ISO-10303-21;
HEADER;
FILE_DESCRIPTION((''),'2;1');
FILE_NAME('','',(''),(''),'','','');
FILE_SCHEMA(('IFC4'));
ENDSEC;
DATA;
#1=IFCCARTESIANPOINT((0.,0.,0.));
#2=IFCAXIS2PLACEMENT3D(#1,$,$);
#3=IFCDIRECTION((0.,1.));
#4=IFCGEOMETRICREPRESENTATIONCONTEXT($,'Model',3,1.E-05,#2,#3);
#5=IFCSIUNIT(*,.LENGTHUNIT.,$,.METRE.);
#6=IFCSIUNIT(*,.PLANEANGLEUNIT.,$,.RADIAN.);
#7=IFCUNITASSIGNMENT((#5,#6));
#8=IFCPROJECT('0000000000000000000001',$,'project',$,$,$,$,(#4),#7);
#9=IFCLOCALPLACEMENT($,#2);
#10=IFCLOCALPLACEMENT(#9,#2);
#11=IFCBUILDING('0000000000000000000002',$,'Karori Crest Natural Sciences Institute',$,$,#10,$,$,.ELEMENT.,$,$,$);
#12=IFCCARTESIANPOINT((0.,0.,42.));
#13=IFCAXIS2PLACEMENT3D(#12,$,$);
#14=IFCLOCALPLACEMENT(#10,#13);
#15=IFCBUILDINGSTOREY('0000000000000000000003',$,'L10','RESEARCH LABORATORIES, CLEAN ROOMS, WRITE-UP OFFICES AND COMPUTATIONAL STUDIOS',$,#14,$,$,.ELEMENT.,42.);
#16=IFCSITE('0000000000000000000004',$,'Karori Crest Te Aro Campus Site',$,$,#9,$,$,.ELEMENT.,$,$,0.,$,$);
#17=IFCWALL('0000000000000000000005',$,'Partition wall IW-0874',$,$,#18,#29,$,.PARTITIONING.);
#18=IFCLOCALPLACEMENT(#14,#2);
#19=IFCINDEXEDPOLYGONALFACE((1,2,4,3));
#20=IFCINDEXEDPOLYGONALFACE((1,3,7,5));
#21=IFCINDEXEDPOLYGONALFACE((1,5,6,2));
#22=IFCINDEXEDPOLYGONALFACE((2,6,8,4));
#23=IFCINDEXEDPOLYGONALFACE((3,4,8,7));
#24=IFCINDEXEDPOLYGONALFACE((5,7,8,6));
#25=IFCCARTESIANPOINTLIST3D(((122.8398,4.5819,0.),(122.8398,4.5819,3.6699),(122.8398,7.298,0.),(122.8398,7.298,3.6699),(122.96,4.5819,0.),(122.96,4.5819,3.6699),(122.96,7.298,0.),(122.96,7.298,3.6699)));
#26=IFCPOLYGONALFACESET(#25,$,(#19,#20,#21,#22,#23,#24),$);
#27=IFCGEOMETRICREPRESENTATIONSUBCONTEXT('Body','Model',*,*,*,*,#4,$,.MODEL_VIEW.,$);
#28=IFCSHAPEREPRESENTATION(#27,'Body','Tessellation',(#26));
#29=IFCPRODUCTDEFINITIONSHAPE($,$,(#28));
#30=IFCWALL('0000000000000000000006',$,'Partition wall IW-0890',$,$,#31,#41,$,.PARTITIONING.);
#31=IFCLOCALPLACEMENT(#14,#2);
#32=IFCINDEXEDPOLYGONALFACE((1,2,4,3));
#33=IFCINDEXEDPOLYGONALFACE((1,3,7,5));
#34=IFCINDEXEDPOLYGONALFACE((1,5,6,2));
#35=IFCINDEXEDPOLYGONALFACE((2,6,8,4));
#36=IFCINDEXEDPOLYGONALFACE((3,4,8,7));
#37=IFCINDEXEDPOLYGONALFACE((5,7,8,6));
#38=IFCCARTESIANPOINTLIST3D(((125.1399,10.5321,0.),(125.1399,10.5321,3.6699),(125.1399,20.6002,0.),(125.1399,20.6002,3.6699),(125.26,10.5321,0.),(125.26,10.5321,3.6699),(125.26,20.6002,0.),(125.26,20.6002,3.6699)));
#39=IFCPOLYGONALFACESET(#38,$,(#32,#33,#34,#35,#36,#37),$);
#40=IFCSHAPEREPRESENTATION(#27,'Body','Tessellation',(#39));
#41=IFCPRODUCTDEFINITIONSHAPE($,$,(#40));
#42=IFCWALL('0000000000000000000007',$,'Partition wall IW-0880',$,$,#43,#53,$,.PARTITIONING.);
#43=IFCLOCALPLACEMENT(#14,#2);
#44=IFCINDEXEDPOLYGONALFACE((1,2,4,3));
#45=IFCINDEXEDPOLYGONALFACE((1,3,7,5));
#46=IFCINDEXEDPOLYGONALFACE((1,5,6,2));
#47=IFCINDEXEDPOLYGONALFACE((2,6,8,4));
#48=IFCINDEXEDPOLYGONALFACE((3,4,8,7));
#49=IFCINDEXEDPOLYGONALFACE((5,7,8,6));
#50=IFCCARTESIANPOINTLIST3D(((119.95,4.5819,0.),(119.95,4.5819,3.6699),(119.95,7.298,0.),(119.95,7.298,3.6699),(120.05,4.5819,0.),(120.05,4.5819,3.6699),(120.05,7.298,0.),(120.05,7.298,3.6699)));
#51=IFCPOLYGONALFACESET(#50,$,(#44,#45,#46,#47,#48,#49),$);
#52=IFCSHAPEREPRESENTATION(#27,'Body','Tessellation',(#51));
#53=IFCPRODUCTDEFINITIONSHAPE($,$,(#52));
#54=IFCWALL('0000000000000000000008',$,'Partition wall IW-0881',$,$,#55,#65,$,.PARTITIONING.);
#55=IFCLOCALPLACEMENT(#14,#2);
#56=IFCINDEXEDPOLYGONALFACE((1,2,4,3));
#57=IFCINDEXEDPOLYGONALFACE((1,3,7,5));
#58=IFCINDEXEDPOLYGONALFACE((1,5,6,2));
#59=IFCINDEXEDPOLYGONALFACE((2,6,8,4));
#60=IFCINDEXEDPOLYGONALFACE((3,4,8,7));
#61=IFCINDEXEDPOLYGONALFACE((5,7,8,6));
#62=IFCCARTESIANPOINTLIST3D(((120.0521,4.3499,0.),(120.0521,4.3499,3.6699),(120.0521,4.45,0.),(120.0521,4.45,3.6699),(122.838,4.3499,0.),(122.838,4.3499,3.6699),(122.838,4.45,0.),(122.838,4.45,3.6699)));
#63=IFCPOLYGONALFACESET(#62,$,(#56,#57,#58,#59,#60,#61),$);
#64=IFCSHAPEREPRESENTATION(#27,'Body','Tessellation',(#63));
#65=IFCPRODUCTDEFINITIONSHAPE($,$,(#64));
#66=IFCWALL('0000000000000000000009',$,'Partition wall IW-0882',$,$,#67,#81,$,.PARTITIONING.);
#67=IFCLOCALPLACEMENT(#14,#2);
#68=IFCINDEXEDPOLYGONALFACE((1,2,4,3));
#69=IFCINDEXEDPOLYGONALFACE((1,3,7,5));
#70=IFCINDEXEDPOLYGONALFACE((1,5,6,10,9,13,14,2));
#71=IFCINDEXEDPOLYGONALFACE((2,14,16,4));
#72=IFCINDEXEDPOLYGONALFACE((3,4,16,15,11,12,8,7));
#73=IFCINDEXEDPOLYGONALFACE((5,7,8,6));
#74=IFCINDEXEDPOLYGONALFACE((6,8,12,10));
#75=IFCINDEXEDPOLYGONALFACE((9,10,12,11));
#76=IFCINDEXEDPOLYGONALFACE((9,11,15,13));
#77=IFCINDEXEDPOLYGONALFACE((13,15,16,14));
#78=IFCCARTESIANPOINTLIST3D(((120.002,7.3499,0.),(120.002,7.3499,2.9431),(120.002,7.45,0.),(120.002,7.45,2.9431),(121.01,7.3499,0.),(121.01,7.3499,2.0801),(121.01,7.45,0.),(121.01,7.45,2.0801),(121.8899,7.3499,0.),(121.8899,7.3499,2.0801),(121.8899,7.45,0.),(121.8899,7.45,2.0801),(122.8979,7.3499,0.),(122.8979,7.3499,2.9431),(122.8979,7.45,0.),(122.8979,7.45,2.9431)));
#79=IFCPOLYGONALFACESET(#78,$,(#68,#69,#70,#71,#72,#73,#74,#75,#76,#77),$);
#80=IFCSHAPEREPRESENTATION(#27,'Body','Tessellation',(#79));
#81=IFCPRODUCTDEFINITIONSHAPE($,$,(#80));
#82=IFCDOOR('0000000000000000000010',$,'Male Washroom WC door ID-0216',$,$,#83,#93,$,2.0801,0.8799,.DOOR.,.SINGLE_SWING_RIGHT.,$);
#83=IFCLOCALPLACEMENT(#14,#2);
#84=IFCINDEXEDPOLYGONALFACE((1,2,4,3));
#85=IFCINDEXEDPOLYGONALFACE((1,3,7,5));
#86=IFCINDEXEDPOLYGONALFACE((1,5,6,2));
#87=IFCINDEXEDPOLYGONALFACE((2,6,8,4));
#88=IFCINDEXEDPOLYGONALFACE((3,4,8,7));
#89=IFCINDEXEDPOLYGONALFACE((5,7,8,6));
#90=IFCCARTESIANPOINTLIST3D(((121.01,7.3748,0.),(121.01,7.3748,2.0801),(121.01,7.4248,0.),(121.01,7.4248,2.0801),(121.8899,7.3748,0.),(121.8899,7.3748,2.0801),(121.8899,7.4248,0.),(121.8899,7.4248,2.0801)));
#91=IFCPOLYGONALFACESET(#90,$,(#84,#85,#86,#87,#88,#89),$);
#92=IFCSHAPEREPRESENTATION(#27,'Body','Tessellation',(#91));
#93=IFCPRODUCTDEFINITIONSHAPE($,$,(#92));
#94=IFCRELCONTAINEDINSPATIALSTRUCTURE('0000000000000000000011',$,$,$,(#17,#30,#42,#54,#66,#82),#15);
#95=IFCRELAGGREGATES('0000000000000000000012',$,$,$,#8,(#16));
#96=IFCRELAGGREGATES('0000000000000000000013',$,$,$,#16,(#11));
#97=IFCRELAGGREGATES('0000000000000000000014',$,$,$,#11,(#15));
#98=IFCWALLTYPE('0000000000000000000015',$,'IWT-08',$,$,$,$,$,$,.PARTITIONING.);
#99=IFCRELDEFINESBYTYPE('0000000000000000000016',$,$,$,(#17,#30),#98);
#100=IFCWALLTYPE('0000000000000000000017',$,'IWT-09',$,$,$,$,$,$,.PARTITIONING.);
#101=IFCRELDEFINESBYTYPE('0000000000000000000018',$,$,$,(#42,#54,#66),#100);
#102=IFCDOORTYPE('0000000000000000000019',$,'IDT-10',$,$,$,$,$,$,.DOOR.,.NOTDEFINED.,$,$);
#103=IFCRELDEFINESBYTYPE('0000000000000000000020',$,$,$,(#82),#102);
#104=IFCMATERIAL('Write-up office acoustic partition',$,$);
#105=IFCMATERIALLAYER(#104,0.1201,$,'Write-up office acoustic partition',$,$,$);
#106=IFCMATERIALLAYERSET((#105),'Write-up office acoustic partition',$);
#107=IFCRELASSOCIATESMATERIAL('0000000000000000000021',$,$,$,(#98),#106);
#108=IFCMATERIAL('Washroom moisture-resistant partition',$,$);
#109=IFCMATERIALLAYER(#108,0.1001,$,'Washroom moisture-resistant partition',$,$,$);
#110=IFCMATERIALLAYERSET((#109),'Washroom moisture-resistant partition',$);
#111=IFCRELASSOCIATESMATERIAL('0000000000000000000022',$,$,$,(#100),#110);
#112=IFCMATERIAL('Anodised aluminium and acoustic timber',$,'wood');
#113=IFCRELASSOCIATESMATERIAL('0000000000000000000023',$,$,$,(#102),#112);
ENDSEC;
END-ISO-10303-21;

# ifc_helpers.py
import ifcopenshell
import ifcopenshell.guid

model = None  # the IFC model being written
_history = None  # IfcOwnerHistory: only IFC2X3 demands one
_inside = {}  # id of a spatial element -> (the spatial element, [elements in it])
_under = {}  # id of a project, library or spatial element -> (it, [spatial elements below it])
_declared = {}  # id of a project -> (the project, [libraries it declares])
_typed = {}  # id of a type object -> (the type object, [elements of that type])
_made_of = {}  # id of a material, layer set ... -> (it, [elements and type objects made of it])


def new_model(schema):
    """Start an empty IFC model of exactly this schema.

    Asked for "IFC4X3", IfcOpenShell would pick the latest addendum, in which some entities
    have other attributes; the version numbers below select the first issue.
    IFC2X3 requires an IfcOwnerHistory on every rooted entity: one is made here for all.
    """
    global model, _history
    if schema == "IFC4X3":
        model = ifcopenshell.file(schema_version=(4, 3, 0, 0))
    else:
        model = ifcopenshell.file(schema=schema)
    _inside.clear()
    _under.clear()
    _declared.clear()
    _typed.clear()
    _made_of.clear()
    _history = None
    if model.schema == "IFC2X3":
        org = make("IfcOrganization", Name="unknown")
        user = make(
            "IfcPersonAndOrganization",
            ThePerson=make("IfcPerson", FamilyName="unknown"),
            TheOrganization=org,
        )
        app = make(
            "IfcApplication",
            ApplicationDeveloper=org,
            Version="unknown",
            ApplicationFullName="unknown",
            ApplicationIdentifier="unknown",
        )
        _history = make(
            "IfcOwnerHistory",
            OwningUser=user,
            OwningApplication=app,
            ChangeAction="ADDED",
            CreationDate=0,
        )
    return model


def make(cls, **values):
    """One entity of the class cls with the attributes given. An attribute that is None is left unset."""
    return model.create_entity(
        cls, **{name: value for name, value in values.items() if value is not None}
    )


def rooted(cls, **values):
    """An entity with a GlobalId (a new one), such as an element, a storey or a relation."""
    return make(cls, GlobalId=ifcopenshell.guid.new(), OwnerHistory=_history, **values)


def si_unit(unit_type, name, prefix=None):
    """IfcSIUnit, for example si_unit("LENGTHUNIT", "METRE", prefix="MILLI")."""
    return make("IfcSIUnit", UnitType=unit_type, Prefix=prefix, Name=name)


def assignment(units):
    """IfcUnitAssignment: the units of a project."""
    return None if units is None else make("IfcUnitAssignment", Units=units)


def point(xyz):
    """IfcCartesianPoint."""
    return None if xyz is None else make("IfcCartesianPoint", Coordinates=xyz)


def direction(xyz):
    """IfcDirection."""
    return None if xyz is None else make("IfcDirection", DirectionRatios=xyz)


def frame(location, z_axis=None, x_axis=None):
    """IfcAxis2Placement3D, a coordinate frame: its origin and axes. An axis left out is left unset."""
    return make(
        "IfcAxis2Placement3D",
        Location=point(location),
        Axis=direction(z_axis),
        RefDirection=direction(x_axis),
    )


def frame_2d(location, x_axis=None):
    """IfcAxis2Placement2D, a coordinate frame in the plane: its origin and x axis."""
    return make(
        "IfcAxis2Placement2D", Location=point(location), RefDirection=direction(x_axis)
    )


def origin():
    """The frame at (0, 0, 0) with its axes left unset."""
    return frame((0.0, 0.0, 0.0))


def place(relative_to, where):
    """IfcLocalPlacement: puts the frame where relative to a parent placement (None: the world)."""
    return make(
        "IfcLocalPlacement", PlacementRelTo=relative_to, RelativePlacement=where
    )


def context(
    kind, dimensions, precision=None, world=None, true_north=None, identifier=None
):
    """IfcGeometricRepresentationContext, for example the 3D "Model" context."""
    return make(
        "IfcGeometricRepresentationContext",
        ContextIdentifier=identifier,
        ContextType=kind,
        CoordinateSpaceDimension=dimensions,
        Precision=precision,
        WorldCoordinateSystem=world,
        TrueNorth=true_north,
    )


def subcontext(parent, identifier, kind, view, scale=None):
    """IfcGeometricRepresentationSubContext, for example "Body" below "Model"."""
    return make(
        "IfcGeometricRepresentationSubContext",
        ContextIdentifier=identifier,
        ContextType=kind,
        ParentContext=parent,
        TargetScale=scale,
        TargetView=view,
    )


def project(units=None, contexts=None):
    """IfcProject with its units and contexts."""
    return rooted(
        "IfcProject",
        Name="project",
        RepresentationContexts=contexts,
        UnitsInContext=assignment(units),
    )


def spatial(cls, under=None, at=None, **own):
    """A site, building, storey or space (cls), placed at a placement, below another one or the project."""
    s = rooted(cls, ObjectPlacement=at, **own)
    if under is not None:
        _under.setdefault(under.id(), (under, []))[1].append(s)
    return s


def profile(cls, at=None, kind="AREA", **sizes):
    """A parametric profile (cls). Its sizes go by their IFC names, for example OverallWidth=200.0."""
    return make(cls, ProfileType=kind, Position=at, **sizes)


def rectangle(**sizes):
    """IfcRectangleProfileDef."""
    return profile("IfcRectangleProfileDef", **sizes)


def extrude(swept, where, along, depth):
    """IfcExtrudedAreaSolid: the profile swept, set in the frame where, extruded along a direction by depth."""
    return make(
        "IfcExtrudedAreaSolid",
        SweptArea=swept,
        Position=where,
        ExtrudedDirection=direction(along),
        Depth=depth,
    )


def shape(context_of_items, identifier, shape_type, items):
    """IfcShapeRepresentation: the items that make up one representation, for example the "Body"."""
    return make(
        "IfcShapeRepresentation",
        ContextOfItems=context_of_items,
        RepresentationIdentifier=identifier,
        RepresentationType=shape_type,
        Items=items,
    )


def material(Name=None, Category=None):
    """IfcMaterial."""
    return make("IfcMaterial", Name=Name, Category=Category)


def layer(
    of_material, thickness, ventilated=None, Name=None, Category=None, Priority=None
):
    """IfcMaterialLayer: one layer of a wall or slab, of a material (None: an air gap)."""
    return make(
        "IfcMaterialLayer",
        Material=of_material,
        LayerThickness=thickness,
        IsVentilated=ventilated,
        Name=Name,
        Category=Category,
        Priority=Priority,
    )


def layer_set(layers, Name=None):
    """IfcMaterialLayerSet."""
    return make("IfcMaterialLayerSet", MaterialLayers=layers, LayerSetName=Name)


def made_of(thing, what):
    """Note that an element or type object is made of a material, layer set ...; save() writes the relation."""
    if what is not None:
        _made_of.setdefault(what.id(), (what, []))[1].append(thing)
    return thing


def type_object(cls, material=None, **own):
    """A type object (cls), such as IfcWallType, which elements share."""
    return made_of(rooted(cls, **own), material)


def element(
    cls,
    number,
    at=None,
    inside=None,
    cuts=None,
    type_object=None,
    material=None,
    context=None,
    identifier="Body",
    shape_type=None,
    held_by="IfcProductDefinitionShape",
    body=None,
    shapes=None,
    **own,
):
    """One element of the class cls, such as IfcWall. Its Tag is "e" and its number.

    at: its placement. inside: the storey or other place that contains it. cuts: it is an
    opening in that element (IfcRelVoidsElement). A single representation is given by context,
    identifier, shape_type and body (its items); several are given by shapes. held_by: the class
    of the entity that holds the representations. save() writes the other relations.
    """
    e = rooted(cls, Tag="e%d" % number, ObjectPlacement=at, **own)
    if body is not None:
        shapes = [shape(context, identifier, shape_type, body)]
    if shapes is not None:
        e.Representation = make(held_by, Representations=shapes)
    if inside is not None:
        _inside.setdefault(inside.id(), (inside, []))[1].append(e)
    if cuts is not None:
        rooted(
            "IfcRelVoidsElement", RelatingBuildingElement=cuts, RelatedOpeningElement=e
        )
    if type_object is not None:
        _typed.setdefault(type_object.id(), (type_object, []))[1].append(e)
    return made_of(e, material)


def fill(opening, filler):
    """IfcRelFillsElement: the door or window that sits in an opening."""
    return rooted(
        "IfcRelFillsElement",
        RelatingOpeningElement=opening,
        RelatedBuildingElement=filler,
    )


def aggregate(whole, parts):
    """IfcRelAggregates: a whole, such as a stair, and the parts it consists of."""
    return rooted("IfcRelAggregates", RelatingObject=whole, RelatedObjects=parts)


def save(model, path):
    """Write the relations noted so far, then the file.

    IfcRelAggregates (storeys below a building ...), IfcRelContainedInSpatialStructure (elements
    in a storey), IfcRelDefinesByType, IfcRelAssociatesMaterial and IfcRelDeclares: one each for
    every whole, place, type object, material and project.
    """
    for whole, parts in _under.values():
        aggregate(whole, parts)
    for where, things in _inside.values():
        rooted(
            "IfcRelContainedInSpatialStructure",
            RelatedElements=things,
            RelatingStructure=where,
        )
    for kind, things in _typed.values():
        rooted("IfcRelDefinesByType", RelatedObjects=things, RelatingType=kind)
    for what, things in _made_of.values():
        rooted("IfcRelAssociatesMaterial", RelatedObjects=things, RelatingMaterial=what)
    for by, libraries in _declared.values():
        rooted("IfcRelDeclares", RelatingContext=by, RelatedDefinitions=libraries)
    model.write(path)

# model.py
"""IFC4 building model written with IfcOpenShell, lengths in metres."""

from ifc_helpers import new_model, si_unit, direction, frame, frame_2d, origin, place, context, subcontext, project, spatial, rectangle, extrude, material, layer, layer_set, type_object, element, fill, save


model = new_model("IFC4")

# Units and contexts
model_context = context("Model", 3, precision=1e-05, world=origin(), true_north=direction((0.0, 1.0)))
body_context = subcontext(model_context, "Body", "Model", "MODEL_VIEW")
ifc_project = project(units=[si_unit("LENGTHUNIT", "METRE"), si_unit("PLANEANGLEUNIT", "RADIAN")], contexts=[model_context])

# Site, building, storey
site_placement = place(None, origin())
site = spatial("IfcSite", under=ifc_project, at=site_placement, Name="Karori Crest Te Aro Campus Site", CompositionType="ELEMENT", RefElevation=0.0)
building_placement = place(site_placement, origin())
building = spatial("IfcBuilding", under=site, at=building_placement, Name="Karori Crest Natural Sciences Institute", CompositionType="ELEMENT")
storey_placement = place(building_placement, frame((0.0, 0.0, 42.0)))
storey = spatial("IfcBuildingStorey", under=building, at=storey_placement, Name="L10", Description="RESEARCH LABORATORIES, CLEAN ROOMS, WRITE-UP OFFICES AND COMPUTATIONAL STUDIOS", CompositionType="ELEMENT", Elevation=42.0)

# Shared definitions
ifc_material_1 = material(Name="Write-up office acoustic partition")
ifc_layer_1 = layer(ifc_material_1, 0.1201, Name="Write-up office acoustic partition")
ifc_layer_set_1 = layer_set([ifc_layer_1], Name="Write-up office acoustic partition")
wall_type_1 = type_object("IfcWallType", Name="IWT-08", PredefinedType="PARTITIONING", material=ifc_layer_set_1)

# Shared definitions
ifc_material_2 = material(Name="Anodised aluminium and acoustic timber", Category="wood")

# Walls
wall_1_placement = place(storey_placement, frame((122.8999, 4.582, 0.0), z_axis=(0.0, 0.0, 1.0), x_axis=(0.0, 1.0, 0.0)))
element("IfcWall", 1, at=wall_1_placement, inside=storey, type_object=wall_type_1, Name="Partition wall IW-0874", PredefinedType="PARTITIONING", context=body_context, shape_type="SweptSolid", body=[
    extrude(rectangle(XDim=2.7161, YDim=0.1201, at=frame_2d((1.3579, 0.0))), origin(), (0.0, 0.0, 1.0), 3.6699),
])
wall_2_placement = place(storey_placement, frame((125.2, 10.532, 0.0), z_axis=(0.0, 0.0, 1.0), x_axis=(0.0, 1.0, 0.0)))
element("IfcWall", 2, at=wall_2_placement, inside=storey, type_object=wall_type_1, Name="Partition wall IW-0890", PredefinedType="PARTITIONING", context=body_context, shape_type="SweptSolid", body=[
    extrude(rectangle(XDim=10.0681, YDim=0.1201, at=frame_2d((5.0342, 0.0))), origin(), (0.0, 0.0, 1.0), 3.6699),
])

# Walls
ifc_material_3 = material(Name="Washroom moisture-resistant partition")
ifc_layer_2 = layer(ifc_material_3, 0.1001, Name="Washroom moisture-resistant partition")
ifc_layer_set_2 = layer_set([ifc_layer_2], Name="Washroom moisture-resistant partition")
wall_type_2 = type_object("IfcWallType", Name="IWT-09", PredefinedType="PARTITIONING", material=ifc_layer_set_2)
wall_3_placement = place(storey_placement, frame((120.0, 4.582, 0.0), z_axis=(0.0, 0.0, 1.0), x_axis=(0.0, 1.0, 0.0)))
element("IfcWall", 3, at=wall_3_placement, inside=storey, type_object=wall_type_2, Name="Partition wall IW-0880", PredefinedType="PARTITIONING", context=body_context, shape_type="SweptSolid", body=[
    extrude(rectangle(XDim=2.7161, YDim=0.1001, at=frame_2d((1.3579, 0.0))), origin(), (0.0, 0.0, 1.0), 3.6699),
])
wall_4_placement = place(storey_placement, frame((120.052, 4.3999, 0.0), z_axis=(0.0, 0.0, 1.0), x_axis=(1.0, 0.0, 0.0)))
element("IfcWall", 4, at=wall_4_placement, inside=storey, type_object=wall_type_2, Name="Partition wall IW-0881", PredefinedType="PARTITIONING", context=body_context, shape_type="SweptSolid", body=[
    extrude(rectangle(XDim=2.7859, YDim=0.1001, at=frame_2d((1.3931, 0.0))), origin(), (0.0, 0.0, 1.0), 3.6699),
])

# Wall, opening, door
wall_5_placement = place(storey_placement, frame((120.002, 7.3999, 0.0), z_axis=(0.0, 0.0, 1.0), x_axis=(1.0, 0.0, 0.0)))
wall_5 = element("IfcWall", 5, at=wall_5_placement, inside=storey, type_object=wall_type_2, Name="Partition wall IW-0882", PredefinedType="PARTITIONING", context=body_context, shape_type="SweptSolid", body=[
    extrude(rectangle(XDim=2.896, YDim=0.1001, at=frame_2d((1.448, 0.0))), origin(), (0.0, 0.0, 1.0), 2.9431),
])
opening_1_placement = place(wall_5_placement, frame((1.0081, 0.0, 0.0)))
opening_1 = element("IfcOpeningElement", 6, at=opening_1_placement, cuts=wall_5, PredefinedType="OPENING", context=body_context, shape_type="SweptSolid", body=[
    extrude(rectangle(XDim=0.8799, YDim=2.0801, at=frame_2d((0.4399, 1.04))), frame((0.0, 0.0601, 0.0), z_axis=(0.0, -1.0, 0.0), x_axis=(1.0, 0.0, 0.0)), (0.0, 0.0, 1.0), 0.1201),
])
door_type_1 = type_object("IfcDoorType", Name="IDT-10", OperationType="NOTDEFINED", PredefinedType="DOOR", material=ifc_material_2)
door_1_placement = place(opening_1_placement, origin())
door_1 = element("IfcDoor", 7, at=door_1_placement, inside=storey, type_object=door_type_1, Name="Male Washroom WC door ID-0216", OperationType="SINGLE_SWING_RIGHT", OverallHeight=2.0801, OverallWidth=0.8799, PredefinedType="DOOR", context=body_context, shape_type="SweptSolid", body=[
    extrude(rectangle(XDim=0.8799, YDim=2.0801, at=frame_2d((0.4399, 1.04))), frame((0.0, 0.0249, 0.0), z_axis=(0.0, -1.0, 0.0), x_axis=(1.0, 0.0, 0.0)), (0.0, 0.0, 1.0), 0.05),
])
fill(opening_1, door_1)

save(model, "model.ifc")
